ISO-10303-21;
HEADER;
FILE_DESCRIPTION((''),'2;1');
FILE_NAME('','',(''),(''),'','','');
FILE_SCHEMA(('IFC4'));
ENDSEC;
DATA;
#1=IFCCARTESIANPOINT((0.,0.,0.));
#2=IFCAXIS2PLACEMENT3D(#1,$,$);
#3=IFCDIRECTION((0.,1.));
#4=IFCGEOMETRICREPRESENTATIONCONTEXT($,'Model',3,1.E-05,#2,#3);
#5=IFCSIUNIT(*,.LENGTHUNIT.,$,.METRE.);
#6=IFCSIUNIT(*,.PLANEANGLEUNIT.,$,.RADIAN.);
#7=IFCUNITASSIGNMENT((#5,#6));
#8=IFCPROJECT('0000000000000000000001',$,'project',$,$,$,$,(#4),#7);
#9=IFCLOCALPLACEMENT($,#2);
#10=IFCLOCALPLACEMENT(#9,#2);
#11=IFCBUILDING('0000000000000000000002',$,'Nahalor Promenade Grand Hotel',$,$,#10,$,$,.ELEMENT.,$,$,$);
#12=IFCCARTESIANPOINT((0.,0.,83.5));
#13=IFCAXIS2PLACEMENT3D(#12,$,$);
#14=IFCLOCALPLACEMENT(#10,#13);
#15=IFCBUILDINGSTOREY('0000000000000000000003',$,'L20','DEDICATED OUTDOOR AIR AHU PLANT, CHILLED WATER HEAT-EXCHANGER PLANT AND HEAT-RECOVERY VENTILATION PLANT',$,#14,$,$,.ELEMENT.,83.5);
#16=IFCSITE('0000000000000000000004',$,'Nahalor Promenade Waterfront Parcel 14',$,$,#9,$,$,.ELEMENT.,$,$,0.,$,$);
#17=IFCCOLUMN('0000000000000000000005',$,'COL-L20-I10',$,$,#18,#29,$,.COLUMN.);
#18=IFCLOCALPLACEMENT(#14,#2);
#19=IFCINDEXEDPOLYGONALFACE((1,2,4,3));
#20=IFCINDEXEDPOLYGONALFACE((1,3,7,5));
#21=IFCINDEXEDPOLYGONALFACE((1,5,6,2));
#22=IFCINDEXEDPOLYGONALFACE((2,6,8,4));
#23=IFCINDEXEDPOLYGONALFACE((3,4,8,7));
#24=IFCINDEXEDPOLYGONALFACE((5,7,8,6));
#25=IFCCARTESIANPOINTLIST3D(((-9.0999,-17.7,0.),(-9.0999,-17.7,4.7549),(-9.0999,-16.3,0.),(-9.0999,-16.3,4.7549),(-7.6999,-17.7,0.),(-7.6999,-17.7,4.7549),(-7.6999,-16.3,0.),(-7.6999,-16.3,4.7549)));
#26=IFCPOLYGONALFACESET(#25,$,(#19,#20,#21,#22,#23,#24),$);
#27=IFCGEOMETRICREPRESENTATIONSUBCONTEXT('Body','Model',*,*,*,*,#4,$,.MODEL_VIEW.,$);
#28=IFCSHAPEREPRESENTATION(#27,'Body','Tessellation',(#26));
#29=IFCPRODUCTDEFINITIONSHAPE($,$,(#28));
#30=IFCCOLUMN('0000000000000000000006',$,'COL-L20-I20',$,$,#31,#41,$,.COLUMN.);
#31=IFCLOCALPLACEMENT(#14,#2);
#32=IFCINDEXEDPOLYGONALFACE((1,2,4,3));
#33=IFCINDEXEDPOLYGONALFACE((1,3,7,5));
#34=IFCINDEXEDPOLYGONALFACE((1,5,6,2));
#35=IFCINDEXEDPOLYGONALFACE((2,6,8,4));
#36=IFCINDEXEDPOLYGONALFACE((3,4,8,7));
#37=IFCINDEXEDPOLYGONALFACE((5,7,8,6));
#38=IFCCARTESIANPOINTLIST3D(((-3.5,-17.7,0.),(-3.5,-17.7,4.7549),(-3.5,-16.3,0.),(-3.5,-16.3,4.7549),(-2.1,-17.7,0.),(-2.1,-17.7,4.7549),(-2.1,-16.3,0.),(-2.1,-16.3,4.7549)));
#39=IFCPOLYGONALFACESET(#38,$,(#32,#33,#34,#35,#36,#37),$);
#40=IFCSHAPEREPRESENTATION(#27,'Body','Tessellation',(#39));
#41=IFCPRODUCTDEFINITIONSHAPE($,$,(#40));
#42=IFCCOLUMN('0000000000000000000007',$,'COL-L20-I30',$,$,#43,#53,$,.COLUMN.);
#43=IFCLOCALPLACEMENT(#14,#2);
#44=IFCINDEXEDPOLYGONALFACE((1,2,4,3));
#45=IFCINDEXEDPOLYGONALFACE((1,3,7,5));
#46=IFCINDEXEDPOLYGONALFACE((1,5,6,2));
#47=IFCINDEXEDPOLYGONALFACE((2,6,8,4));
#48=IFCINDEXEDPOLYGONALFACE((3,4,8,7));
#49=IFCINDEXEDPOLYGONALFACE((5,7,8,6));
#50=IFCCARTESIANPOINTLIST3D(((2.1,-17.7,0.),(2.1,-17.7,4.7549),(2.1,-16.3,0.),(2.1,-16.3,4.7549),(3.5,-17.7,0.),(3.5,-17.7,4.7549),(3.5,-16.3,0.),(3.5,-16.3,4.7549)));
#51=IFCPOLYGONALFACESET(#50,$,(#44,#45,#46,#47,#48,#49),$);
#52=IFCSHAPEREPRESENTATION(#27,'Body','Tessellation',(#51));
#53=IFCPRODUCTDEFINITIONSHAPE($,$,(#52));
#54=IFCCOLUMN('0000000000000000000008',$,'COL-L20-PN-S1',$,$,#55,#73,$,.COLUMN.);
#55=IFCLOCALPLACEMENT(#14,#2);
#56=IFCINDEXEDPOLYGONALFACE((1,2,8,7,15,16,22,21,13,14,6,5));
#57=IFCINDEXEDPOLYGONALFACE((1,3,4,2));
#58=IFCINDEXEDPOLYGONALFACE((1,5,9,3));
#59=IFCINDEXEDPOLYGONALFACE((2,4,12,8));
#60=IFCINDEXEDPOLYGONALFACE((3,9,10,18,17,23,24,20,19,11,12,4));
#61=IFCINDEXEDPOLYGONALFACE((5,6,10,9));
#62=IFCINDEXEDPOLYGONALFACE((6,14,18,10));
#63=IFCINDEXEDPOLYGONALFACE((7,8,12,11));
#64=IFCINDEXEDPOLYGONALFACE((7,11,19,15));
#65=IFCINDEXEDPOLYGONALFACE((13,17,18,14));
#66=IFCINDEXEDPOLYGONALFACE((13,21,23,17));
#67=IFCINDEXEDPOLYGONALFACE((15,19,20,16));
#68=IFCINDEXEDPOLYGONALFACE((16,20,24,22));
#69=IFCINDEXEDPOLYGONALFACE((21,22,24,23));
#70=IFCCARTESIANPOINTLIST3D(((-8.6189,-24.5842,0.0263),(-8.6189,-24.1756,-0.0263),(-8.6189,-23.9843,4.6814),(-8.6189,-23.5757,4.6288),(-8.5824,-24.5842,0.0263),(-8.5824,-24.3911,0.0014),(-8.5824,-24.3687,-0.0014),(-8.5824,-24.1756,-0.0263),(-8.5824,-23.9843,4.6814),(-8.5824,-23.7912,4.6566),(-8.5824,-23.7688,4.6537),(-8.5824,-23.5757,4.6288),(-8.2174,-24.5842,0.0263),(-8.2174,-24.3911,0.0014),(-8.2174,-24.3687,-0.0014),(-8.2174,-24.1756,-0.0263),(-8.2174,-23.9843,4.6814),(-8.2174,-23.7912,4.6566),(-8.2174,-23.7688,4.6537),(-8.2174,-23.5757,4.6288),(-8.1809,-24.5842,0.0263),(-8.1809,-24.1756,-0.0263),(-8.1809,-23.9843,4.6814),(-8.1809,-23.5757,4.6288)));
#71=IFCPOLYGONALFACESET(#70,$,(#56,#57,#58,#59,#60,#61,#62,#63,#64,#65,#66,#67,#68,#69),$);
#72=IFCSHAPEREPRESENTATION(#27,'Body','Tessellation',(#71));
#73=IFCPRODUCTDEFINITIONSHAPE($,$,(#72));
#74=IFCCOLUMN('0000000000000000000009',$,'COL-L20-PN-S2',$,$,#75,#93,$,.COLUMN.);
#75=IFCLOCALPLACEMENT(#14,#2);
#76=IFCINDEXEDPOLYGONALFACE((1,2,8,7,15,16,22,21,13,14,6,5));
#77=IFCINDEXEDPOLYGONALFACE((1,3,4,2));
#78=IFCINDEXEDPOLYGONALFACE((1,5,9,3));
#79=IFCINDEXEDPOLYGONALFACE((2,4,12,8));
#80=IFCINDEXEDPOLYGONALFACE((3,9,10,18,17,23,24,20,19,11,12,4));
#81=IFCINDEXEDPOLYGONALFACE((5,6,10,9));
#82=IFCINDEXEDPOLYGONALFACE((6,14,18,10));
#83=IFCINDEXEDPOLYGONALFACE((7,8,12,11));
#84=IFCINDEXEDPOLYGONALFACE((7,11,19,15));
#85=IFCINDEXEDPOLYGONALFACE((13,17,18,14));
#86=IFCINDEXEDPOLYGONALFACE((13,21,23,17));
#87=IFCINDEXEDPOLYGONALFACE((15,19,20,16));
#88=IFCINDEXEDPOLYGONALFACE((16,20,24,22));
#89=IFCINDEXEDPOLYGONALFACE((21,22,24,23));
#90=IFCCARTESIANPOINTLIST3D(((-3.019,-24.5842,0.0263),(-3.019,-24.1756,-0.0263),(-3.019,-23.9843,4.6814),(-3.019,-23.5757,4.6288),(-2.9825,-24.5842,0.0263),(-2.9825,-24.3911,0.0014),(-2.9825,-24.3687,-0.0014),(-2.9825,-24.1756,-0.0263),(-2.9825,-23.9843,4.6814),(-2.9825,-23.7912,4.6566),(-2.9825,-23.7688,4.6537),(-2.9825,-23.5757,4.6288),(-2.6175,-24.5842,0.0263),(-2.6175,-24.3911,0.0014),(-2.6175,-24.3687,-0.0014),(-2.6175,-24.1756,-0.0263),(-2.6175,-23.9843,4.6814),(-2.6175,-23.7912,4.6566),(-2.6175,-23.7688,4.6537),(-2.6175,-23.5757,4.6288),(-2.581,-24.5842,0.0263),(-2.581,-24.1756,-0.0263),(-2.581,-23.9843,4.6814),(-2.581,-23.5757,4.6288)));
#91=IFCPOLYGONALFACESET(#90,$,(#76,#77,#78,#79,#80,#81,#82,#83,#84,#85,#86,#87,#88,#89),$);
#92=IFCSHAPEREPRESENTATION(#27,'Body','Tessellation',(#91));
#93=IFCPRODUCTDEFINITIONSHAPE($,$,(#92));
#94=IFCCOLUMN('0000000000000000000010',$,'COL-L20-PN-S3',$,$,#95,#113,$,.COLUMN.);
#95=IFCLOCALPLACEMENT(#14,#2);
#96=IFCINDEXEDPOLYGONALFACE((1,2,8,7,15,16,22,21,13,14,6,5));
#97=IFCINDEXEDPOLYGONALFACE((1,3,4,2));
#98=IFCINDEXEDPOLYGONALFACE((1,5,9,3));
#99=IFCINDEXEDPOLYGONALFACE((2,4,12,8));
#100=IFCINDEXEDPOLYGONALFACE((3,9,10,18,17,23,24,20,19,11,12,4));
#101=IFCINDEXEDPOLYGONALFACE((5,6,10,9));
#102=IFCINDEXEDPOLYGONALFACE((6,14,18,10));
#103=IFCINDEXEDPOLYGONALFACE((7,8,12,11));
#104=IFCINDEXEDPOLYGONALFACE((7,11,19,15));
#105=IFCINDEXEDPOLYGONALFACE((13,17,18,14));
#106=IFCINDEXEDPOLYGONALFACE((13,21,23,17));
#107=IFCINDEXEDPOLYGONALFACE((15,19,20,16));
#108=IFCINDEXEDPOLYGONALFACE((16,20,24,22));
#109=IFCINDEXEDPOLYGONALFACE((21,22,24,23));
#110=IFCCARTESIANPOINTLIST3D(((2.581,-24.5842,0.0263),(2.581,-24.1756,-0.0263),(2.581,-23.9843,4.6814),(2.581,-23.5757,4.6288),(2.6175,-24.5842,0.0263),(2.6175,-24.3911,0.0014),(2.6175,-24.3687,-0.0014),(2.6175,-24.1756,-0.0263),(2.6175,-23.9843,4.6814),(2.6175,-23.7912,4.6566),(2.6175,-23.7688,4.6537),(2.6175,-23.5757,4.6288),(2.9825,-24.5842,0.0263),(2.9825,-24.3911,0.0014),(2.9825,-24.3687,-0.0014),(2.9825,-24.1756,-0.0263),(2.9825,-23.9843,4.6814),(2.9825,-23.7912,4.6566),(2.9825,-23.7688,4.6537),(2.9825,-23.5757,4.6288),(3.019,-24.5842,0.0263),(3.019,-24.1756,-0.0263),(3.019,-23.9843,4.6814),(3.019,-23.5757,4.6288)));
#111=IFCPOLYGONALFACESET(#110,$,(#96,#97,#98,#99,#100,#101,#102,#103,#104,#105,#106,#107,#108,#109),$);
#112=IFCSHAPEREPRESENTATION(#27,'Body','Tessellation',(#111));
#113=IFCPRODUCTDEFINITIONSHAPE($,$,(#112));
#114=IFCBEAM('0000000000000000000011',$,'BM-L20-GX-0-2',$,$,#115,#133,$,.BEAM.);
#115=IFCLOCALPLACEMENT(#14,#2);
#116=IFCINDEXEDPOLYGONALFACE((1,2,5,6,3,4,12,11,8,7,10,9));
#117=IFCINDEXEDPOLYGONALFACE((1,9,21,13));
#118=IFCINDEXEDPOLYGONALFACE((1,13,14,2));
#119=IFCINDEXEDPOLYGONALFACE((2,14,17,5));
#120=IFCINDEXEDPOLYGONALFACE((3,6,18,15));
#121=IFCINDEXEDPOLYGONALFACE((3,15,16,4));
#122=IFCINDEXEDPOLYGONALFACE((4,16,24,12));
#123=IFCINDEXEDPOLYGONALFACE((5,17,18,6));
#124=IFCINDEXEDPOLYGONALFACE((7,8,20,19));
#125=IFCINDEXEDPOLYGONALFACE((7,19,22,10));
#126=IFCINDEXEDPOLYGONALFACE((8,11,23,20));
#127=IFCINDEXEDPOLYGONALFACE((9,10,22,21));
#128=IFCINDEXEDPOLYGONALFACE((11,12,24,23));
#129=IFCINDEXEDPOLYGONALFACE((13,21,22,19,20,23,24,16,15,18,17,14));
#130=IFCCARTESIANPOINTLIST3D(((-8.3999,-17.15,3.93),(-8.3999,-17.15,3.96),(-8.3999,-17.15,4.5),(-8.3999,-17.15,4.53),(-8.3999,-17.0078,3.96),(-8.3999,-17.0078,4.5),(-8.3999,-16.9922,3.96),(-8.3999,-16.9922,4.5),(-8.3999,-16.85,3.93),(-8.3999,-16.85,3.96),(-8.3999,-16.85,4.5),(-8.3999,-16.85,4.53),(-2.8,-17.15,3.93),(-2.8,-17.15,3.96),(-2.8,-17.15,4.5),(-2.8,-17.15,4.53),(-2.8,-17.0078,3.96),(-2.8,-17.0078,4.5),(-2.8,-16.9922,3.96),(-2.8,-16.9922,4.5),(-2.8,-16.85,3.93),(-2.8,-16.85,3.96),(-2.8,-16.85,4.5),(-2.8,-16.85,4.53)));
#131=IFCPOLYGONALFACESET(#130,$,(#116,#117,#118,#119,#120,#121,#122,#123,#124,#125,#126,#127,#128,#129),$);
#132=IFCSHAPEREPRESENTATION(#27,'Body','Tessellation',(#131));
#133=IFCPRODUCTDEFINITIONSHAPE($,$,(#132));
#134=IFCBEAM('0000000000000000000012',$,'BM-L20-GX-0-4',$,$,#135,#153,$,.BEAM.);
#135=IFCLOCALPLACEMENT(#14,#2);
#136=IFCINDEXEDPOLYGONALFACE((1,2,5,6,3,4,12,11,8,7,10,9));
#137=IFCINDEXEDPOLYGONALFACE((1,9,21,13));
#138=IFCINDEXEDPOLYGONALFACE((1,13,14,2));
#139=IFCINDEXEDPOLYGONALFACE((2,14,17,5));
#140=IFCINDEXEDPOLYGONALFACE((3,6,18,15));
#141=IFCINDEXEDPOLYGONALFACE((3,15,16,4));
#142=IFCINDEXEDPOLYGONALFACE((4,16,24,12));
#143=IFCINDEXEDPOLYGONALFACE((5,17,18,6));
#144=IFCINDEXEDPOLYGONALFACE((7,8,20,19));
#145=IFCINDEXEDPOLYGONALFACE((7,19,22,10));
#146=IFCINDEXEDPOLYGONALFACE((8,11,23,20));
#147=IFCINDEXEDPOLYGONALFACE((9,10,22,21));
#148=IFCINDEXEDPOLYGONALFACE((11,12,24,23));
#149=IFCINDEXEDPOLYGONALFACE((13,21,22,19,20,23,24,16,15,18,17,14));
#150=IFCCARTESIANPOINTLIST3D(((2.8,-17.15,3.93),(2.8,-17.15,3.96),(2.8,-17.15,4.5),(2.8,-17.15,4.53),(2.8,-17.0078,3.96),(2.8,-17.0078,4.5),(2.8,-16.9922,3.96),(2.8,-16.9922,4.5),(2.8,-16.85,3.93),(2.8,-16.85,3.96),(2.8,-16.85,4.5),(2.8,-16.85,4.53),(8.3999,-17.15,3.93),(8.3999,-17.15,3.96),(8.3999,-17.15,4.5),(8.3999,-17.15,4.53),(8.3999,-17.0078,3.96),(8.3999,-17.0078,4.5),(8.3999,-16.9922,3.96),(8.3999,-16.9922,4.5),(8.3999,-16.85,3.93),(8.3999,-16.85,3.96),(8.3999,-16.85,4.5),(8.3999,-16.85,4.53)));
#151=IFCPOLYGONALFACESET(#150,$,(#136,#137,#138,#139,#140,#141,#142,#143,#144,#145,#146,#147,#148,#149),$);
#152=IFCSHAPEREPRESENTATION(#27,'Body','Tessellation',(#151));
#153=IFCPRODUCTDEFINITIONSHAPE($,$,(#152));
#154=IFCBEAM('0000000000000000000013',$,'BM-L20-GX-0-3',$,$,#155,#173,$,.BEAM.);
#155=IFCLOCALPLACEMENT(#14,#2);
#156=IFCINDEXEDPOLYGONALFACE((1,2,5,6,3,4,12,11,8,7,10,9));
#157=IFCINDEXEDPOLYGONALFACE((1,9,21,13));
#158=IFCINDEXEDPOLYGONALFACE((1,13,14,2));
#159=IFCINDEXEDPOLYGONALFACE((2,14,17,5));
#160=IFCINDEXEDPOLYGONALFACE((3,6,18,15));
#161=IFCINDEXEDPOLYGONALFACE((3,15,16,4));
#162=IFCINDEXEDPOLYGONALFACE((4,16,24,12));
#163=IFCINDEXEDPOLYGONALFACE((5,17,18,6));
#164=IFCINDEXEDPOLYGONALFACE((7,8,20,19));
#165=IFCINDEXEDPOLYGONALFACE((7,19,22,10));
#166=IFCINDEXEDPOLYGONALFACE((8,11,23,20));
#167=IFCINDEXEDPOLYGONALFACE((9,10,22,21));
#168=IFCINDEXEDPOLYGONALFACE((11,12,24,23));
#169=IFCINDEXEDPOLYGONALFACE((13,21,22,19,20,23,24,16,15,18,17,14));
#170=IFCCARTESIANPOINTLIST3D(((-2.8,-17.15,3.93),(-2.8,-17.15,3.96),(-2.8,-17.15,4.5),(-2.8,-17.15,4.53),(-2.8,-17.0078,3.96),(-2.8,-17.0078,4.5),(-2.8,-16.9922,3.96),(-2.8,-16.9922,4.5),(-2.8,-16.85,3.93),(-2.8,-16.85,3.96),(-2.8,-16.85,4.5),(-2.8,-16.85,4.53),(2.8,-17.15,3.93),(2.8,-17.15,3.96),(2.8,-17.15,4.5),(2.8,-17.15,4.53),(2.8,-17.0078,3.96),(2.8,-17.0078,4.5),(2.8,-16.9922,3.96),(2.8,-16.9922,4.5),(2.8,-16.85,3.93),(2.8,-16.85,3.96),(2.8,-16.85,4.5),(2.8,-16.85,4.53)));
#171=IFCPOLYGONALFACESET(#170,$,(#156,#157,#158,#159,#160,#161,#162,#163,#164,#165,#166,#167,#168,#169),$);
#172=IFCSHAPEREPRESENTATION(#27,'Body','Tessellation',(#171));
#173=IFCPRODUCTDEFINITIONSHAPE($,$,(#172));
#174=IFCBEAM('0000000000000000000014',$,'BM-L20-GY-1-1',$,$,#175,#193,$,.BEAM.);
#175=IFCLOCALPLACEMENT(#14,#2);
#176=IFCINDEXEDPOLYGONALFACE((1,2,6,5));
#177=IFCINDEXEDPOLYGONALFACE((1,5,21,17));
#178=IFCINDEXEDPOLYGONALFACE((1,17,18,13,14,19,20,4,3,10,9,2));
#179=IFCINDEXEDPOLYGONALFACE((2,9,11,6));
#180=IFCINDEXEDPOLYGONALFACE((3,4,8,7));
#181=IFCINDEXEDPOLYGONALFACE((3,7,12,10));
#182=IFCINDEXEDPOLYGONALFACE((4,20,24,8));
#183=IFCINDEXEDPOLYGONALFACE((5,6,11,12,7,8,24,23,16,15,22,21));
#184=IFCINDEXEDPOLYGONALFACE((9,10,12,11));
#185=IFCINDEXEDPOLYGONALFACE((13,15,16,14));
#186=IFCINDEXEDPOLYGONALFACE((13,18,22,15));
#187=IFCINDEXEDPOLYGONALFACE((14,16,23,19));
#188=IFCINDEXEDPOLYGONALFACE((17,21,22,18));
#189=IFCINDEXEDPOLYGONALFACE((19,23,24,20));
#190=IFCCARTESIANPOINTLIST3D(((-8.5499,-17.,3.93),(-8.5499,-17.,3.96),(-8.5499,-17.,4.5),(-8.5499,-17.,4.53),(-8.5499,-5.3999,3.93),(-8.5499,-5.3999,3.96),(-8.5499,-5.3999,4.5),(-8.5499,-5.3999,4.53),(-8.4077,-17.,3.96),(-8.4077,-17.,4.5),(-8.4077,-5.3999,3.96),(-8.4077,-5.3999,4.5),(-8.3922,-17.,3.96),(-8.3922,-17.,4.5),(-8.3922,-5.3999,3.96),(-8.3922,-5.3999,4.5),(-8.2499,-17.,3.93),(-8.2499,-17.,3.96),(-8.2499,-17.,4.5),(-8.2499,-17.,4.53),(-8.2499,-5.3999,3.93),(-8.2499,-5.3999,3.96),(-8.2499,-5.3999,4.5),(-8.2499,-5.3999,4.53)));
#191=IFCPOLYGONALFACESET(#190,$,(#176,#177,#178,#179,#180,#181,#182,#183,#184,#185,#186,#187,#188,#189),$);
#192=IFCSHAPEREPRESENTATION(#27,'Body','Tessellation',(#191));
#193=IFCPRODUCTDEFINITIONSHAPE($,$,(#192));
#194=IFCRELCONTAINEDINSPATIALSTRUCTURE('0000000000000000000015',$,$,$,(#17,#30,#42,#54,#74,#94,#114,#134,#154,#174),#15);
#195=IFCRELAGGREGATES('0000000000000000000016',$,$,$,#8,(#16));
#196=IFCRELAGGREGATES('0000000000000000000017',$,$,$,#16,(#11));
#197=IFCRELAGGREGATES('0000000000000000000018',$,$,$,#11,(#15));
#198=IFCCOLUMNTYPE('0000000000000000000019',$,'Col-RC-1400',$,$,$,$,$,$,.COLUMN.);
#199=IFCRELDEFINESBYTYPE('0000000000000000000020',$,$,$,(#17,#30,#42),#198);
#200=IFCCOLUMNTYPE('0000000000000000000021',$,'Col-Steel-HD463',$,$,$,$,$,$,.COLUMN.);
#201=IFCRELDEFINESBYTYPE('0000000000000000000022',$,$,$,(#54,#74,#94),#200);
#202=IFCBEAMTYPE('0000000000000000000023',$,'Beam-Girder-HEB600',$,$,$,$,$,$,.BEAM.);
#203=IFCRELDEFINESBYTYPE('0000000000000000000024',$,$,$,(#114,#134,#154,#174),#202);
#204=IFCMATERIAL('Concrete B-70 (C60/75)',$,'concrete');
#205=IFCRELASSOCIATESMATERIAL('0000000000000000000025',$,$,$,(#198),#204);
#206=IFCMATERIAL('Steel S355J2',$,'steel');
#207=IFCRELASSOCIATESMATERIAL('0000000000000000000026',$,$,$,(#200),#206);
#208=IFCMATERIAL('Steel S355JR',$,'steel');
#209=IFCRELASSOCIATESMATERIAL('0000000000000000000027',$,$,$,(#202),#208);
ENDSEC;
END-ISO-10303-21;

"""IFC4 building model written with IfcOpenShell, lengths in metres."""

from ifc_helpers import new_model, si_unit, direction, frame, origin, origin_2d, place, context, subcontext, project, spatial, rectangle, i_section, extrude, source, transform, mapped, material, material_profile, profile_set, type_object, element, save


model = new_model("IFC4")

# Units and contexts
model_context = context("Model", 3, precision=1e-05, world=origin(), true_north=direction((0.0, 1.0)))
body_context = subcontext(model_context, "Body", "Model", "MODEL_VIEW")
ifc_project = project(units=[si_unit("LENGTHUNIT", "METRE"), si_unit("PLANEANGLEUNIT", "RADIAN")], contexts=[model_context])

# Site, building, storey
site_placement = place(None, origin())
site = spatial("IfcSite", under=ifc_project, at=site_placement, Name="Nahalor Promenade Waterfront Parcel 14", CompositionType="ELEMENT", RefElevation=0.0)
building_placement = place(site_placement, origin())
building = spatial("IfcBuilding", under=site, at=building_placement, Name="Nahalor Promenade Grand Hotel", CompositionType="ELEMENT")
storey_placement = place(building_placement, frame((0.0, 0.0, 83.5)))
storey = spatial("IfcBuildingStorey", under=building, at=storey_placement, Name="L20", Description="DEDICATED OUTDOOR AIR AHU PLANT, CHILLED WATER HEAT-EXCHANGER PLANT AND HEAT-RECOVERY VENTILATION PLANT", CompositionType="ELEMENT", Elevation=83.5)

# Columns
ifc_material_1 = material(Name="Concrete B-70 (C60/75)", Category="concrete")
ifc_material_profile_1 = material_profile(ifc_material_1, rectangle(XDim=1.4, YDim=1.4, at=origin_2d()), Name="RC 1400x1400")
ifc_profile_set_1 = profile_set([ifc_material_profile_1], Name="Concrete B-70 (C60/75)")
column_type_1 = type_object("IfcColumnType", Name="Col-RC-1400", PredefinedType="COLUMN", material=ifc_profile_set_1)
shared_shape_1 = source(origin(), body_context, "Body", "SweptSolid", [
    extrude(rectangle(XDim=1.4, YDim=1.4, at=origin_2d()), origin(), (0.0, 0.0, 1.0), 4.7549),
])
for number, where, z_axis, x_axis, name in (
    (1, (-8.3999, -17.0, 0.0), (0.0, 0.0, 1.0), (1.0, 0.0, 0.0), "COL-L20-I10"),
    (2, (-2.8, -17.0, 0.0), (0.0, 0.0, 1.0), (1.0, 0.0, 0.0), "COL-L20-I20"),
    (3, (2.8, -17.0, 0.0), (0.0, 0.0, 1.0), (1.0, 0.0, 0.0), "COL-L20-I30"),
):
    element("IfcColumn", number, at=place(storey_placement, frame(where, z_axis=z_axis, x_axis=x_axis)), inside=storey, type_object=column_type_1, Name=name, PredefinedType="COLUMN", context=body_context, shape_type="MappedRepresentation", body=[
        mapped(shared_shape_1, transform((0.0, 0.0, 0.0), scale=1.0)),
    ])
ifc_material_2 = material(Name="Steel S355J2", Category="steel")
ifc_material_profile_2 = material_profile(ifc_material_2, i_section(OverallWidth=0.412, OverallDepth=0.438, WebThickness=0.0226, FlangeThickness=0.0365, at=origin_2d()), Name="HD 400x463")
ifc_profile_set_2 = profile_set([ifc_material_profile_2], Name="Steel S355J2")
column_type_2 = type_object("IfcColumnType", Name="Col-Steel-HD463", PredefinedType="COLUMN", material=ifc_profile_set_2)
shared_shape_2 = source(origin(), body_context, "Body", "SweptSolid", [
    extrude(i_section(OverallWidth=0.412, OverallDepth=0.438, WebThickness=0.0226, FlangeThickness=0.0365, at=origin_2d()), origin(), (0.0, 0.0, 1.0), 4.6936),
])
for number, where, z_axis, x_axis, name in (
    (4, (-8.3999, -24.3799, 0.0), (0.0, 0.127805, 0.991799), (0.0, -0.991799, 0.127805), "COL-L20-PN-S1"),
    (5, (-2.8, -24.3799, 0.0), (0.0, 0.127805, 0.991799), (0.0, -0.991799, 0.127805), "COL-L20-PN-S2"),
    (6, (2.8, -24.3799, 0.0), (0.0, 0.127805, 0.991799), (0.0, -0.991799, 0.127805), "COL-L20-PN-S3"),
):
    element("IfcColumn", number, at=place(storey_placement, frame(where, z_axis=z_axis, x_axis=x_axis)), inside=storey, type_object=column_type_2, Name=name, PredefinedType="COLUMN", context=body_context, shape_type="MappedRepresentation", body=[
        mapped(shared_shape_2, transform((0.0, 0.0, 0.0), scale=1.0)),
    ])

# Beams
ifc_material_3 = material(Name="Steel S355JR", Category="steel")
ifc_material_profile_3 = material_profile(ifc_material_3, i_section(OverallWidth=0.3, OverallDepth=0.6, WebThickness=0.0155, FlangeThickness=0.03, at=origin_2d()), Name="HEB 600")
ifc_profile_set_3 = profile_set([ifc_material_profile_3], Name="Steel S355JR")
beam_type_1 = type_object("IfcBeamType", Name="Beam-Girder-HEB600", PredefinedType="BEAM", material=ifc_profile_set_3)
shared_shape_3 = source(origin(), body_context, "Body", "SweptSolid", [
    extrude(i_section(OverallWidth=0.3, OverallDepth=0.6, WebThickness=0.0155, FlangeThickness=0.03, at=origin_2d()), origin(), (0.0, 0.0, 1.0), 5.5999),
])
for number, where, z_axis, x_axis, name in (
    (7, (-8.3999, -17.0, 4.23), (1.0, 0.0, 0.0), (0.0, 1.0, 0.0), "BM-L20-GX-0-2"),
    (8, (2.8, -17.0, 4.23), (1.0, 0.0, 0.0), (0.0, 1.0, 0.0), "BM-L20-GX-0-4"),
):
    element("IfcBeam", number, at=place(storey_placement, frame(where, z_axis=z_axis, x_axis=x_axis)), inside=storey, type_object=beam_type_1, Name=name, PredefinedType="BEAM", context=body_context, shape_type="MappedRepresentation", body=[
        mapped(shared_shape_3, transform((0.0, 0.0, 0.0), scale=1.0)),
    ])
shared_shape_4 = source(origin(), body_context, "Body", "SweptSolid", [
    extrude(i_section(OverallWidth=0.3, OverallDepth=0.6, WebThickness=0.0155, FlangeThickness=0.03, at=origin_2d()), origin(), (0.0, 0.0, 1.0), 5.6001),
])
beam_1_placement = place(storey_placement, frame((-2.8, -17.0, 4.23), z_axis=(1.0, 0.0, 0.0), x_axis=(0.0, 1.0, 0.0)))
element("IfcBeam", 9, at=beam_1_placement, inside=storey, type_object=beam_type_1, Name="BM-L20-GX-0-3", PredefinedType="BEAM", context=body_context, shape_type="MappedRepresentation", body=[
    mapped(shared_shape_4, transform((0.0, 0.0, 0.0), scale=1.0)),
])
shared_shape_5 = source(origin(), body_context, "Body", "SweptSolid", [
    extrude(i_section(OverallWidth=0.3, OverallDepth=0.6, WebThickness=0.0155, FlangeThickness=0.03, at=origin_2d()), origin(), (0.0, 0.0, 1.0), 11.6001),
])
for number, where, z_axis, x_axis, name in (
    (10, (-8.3999, -17.0, 4.23), (0.0, 1.0, 0.0), (-1.0, 0.0, 0.0), "BM-L20-GY-1-1"),
):
    element("IfcBeam", number, at=place(storey_placement, frame(where, z_axis=z_axis, x_axis=x_axis)), inside=storey, type_object=beam_type_1, Name=name, PredefinedType="BEAM", context=body_context, shape_type="MappedRepresentation", body=[
        mapped(shared_shape_5, transform((0.0, 0.0, 0.0), scale=1.0)),
    ])

save(model, "model.ifc")
